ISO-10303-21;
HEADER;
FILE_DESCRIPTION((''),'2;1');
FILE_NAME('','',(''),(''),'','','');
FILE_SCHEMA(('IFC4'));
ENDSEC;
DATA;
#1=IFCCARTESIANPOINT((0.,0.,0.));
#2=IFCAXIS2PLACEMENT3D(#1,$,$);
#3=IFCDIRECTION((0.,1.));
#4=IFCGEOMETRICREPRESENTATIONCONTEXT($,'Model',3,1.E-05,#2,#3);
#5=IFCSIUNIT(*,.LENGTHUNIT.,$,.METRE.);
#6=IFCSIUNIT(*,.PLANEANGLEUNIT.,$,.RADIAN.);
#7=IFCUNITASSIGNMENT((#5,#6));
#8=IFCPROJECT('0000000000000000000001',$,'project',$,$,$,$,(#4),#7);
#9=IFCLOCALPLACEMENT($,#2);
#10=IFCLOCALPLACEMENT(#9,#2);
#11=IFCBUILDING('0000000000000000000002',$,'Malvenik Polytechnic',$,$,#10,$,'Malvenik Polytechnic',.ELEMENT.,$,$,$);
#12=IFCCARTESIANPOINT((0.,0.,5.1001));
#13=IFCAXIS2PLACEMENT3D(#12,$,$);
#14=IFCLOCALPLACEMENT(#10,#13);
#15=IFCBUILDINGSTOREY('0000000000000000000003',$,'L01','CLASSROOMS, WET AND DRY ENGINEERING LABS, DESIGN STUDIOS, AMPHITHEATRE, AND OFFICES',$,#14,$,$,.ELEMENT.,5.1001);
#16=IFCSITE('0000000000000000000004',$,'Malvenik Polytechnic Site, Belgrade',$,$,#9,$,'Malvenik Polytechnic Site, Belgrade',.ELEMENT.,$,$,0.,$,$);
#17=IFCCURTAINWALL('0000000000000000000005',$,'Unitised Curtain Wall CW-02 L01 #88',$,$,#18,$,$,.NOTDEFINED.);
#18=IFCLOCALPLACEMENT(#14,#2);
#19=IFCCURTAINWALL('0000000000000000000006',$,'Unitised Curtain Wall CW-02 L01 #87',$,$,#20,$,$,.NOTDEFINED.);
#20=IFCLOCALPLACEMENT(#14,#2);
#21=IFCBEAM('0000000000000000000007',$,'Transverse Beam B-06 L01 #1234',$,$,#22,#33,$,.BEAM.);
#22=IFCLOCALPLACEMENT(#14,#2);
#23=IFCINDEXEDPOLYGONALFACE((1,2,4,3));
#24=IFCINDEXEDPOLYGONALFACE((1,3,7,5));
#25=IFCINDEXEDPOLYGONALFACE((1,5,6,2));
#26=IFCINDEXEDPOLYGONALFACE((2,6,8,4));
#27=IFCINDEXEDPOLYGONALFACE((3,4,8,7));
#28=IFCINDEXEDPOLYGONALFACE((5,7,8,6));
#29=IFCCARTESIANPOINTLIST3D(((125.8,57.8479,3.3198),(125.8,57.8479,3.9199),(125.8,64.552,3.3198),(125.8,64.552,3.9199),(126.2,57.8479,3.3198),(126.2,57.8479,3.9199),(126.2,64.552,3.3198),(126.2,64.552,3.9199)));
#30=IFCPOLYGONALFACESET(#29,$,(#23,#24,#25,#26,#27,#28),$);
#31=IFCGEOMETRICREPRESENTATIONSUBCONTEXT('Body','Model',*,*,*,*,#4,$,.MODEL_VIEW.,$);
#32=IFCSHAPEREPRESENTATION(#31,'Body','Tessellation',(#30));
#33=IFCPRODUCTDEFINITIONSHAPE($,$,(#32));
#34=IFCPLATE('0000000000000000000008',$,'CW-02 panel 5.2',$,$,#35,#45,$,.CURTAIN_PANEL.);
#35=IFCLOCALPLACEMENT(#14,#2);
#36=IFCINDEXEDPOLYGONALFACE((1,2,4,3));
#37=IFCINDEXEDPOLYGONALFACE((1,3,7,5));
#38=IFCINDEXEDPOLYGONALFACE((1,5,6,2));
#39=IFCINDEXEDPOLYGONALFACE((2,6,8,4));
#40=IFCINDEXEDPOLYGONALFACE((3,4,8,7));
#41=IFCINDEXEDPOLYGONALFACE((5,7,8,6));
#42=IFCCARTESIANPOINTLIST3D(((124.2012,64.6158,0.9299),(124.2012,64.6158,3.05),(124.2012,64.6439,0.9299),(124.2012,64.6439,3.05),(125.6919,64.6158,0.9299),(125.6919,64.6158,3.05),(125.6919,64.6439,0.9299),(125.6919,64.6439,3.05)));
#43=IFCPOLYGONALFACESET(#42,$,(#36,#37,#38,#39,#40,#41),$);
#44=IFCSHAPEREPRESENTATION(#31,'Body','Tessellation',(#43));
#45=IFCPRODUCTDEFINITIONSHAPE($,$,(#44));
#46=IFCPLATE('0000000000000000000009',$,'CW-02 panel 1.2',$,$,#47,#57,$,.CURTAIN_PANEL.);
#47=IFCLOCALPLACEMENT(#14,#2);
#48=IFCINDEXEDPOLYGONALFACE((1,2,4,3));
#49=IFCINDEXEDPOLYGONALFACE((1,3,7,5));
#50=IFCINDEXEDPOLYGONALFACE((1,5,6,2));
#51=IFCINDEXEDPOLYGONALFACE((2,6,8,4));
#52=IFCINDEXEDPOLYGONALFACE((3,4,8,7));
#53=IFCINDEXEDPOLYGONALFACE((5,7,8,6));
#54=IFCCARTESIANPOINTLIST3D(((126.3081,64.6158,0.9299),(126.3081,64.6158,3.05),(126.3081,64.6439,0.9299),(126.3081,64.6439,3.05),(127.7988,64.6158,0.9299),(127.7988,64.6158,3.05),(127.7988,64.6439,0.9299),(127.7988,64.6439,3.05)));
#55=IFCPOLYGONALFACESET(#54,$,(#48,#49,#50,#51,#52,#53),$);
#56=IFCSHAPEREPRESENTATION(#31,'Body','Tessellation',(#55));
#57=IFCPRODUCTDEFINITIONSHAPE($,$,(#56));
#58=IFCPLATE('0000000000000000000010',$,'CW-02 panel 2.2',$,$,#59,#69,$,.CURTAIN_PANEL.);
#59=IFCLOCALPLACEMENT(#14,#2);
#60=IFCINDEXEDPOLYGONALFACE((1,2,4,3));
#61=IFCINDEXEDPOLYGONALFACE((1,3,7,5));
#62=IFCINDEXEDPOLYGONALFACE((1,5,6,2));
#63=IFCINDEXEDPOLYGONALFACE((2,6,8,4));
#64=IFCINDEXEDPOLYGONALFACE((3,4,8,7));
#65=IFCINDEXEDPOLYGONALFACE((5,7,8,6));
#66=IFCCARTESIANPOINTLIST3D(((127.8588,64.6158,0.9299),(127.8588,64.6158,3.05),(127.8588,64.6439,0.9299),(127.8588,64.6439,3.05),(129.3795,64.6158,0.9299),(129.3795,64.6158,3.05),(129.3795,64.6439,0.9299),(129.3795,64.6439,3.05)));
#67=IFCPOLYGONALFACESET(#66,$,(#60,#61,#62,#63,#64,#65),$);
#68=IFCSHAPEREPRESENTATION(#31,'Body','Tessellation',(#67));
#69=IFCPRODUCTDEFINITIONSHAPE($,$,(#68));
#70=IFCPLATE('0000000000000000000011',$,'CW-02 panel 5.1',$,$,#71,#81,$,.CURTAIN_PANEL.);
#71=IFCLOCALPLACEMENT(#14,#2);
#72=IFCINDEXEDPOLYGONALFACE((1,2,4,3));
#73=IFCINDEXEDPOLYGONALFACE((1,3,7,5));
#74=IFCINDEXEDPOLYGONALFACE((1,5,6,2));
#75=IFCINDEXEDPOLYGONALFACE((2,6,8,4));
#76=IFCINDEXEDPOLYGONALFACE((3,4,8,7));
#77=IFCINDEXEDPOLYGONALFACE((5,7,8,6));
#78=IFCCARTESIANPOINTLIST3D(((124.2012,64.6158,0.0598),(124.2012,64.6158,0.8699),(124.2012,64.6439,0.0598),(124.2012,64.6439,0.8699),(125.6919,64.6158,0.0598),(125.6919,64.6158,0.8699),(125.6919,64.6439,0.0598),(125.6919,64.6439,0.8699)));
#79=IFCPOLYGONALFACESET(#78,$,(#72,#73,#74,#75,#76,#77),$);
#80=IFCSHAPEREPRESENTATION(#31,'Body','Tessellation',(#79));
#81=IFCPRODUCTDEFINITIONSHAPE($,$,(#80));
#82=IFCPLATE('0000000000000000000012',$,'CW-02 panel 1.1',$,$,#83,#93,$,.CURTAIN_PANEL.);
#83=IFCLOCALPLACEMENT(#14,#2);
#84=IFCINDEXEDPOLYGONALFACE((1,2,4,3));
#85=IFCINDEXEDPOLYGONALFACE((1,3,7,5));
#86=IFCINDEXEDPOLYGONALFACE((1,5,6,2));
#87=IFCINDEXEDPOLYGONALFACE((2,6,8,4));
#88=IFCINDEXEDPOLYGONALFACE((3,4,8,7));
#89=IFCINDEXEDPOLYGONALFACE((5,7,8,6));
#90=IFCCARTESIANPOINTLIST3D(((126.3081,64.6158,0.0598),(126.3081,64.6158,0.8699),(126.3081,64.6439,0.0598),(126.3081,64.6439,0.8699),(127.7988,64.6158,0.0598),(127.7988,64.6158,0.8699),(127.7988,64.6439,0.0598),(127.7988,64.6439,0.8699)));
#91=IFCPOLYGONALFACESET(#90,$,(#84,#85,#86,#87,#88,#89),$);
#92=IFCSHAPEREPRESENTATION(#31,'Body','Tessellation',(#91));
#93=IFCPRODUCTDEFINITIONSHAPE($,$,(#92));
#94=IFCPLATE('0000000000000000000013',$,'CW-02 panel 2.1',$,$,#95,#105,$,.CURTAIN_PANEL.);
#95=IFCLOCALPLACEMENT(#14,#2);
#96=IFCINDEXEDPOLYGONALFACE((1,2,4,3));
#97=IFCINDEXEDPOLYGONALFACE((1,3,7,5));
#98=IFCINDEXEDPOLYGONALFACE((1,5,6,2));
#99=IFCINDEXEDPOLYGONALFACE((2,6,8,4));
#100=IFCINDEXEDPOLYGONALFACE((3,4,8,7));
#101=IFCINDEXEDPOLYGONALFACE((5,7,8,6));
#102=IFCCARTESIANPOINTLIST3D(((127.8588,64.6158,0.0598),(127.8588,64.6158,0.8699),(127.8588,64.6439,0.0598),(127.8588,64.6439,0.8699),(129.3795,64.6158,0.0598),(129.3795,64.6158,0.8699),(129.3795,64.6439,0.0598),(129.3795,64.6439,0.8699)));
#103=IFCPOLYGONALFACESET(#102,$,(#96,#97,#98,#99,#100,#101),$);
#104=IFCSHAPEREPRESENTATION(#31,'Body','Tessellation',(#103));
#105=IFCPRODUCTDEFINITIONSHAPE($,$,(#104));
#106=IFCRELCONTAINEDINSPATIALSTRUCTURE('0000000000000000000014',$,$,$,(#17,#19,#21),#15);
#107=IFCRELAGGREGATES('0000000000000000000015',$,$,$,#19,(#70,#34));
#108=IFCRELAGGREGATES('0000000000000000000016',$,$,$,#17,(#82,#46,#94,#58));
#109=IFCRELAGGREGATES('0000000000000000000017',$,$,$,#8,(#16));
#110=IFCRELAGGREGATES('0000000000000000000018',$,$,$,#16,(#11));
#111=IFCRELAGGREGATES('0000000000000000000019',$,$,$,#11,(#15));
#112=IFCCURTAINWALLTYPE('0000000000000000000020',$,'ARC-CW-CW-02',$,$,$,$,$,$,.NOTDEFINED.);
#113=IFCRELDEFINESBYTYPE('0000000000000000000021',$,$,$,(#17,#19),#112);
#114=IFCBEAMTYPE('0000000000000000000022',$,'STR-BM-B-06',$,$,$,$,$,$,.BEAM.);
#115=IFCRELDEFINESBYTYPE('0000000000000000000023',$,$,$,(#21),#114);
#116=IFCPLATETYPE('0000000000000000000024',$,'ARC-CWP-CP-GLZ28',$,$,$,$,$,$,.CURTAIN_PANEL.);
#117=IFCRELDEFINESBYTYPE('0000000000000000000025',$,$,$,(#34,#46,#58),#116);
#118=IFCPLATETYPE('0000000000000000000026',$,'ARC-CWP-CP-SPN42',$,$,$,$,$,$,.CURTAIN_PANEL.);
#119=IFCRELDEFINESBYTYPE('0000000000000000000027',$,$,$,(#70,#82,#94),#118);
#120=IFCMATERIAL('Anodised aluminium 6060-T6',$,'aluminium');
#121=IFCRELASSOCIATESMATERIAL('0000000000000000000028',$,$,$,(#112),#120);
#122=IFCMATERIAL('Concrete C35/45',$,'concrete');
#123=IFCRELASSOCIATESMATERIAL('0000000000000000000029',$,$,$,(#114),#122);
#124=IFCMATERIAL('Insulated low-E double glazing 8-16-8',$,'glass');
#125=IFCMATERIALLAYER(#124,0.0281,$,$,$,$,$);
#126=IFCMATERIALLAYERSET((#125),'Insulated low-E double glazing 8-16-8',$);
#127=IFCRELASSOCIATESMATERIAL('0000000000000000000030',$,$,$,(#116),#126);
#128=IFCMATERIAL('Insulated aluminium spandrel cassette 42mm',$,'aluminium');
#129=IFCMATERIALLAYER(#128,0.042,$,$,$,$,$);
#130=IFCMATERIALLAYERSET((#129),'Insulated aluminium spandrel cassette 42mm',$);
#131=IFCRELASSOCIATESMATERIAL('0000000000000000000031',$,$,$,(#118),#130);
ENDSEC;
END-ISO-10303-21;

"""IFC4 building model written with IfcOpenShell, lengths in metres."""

from ifc_helpers import new_model, si_unit, direction, frame, origin, origin_2d, place, context, subcontext, project, spatial, rectangle, extrude, material, layer, layer_set, material_profile, profile_set, type_object, element, aggregate, save


model = new_model("IFC4")

# Units and contexts
model_context = context("Model", 3, precision=1e-05, world=origin(), true_north=direction((0.0, 1.0)))
body_context = subcontext(model_context, "Body", "Model", "MODEL_VIEW")
ifc_project = project(units=[si_unit("LENGTHUNIT", "METRE"), si_unit("PLANEANGLEUNIT", "RADIAN")], contexts=[model_context])

# Site, building, storey
site_placement = place(None, origin())
site = spatial("IfcSite", under=ifc_project, at=site_placement, Name="Malvenik Polytechnic Site, Belgrade", LongName="Malvenik Polytechnic Site, Belgrade", CompositionType="ELEMENT", RefElevation=0.0)
building_placement = place(site_placement, origin())
building = spatial("IfcBuilding", under=site, at=building_placement, Name="Malvenik Polytechnic", LongName="Malvenik Polytechnic", CompositionType="ELEMENT")
storey_placement = place(building_placement, frame((0.0, 0.0, 5.1001)))
storey = spatial("IfcBuildingStorey", under=building, at=storey_placement, Name="L01", Description="CLASSROOMS, WET AND DRY ENGINEERING LABS, DESIGN STUDIOS, AMPHITHEATRE, AND OFFICES", CompositionType="ELEMENT", Elevation=5.1001)

# Shared definitions
ifc_material_1 = material(Name="Concrete C35/45", Category="concrete")

# Curtain walls
ifc_material_2 = material(Name="Anodised aluminium 6060-T6", Category="aluminium")
curtain_wall_type = type_object("IfcCurtainWallType", Name="ARC-CW-CW-02", PredefinedType="NOTDEFINED", material=ifc_material_2)
curtain_wall_1_placement = place(storey_placement, origin())
curtain_wall_1 = element("IfcCurtainWall", 1, at=curtain_wall_1_placement, inside=storey, type_object=curtain_wall_type, Name="Unitised Curtain Wall CW-02 L01 #88", PredefinedType="NOTDEFINED")
curtain_wall_2_placement = place(storey_placement, origin())
curtain_wall_2 = element("IfcCurtainWall", 2, at=curtain_wall_2_placement, inside=storey, type_object=curtain_wall_type, Name="Unitised Curtain Wall CW-02 L01 #87", PredefinedType="NOTDEFINED")

# Beam
ifc_material_profile_1 = material_profile(ifc_material_1, rectangle(XDim=0.3999, YDim=0.6001, at=origin_2d()), Name="RC BM 400x600")
ifc_profile_set_1 = profile_set([ifc_material_profile_1], Name="Concrete C35/45")
beam_type_1 = type_object("IfcBeamType", Name="STR-BM-B-06", PredefinedType="BEAM", material=ifc_profile_set_1)
beam_1_placement = place(storey_placement, frame((126.0, 57.8479, 3.6199), z_axis=(0.0, 1.0, 0.0), x_axis=(-1.0, 0.0, 0.0)))
element("IfcBeam", 3, at=beam_1_placement, inside=storey, type_object=beam_type_1, Name="Transverse Beam B-06 L01 #1234", PredefinedType="BEAM", context=body_context, shape_type="SweptSolid", body=[
    extrude(rectangle(XDim=0.3999, YDim=0.6001, at=origin_2d()), origin(), (0.0, 0.0, 1.0), 6.7041),
])

# Plates
ifc_material_3 = material(Name="Insulated low-E double glazing 8-16-8", Category="glass")
ifc_layer_1 = layer(ifc_material_3, 0.0281)
ifc_layer_set_1 = layer_set([ifc_layer_1], Name="Insulated low-E double glazing 8-16-8")
plate_type_1 = type_object("IfcPlateType", Name="ARC-CWP-CP-GLZ28", PredefinedType="CURTAIN_PANEL", material=ifc_layer_set_1)
plate_1_placement = place(storey_placement, frame((124.9465, 64.6299, 0.9299), z_axis=(0.0, 0.0, 1.0), x_axis=(1.0, 0.0, 0.0)))
plate_1 = element("IfcPlate", 4, at=plate_1_placement, type_object=plate_type_1, Name="CW-02 panel 5.2", PredefinedType="CURTAIN_PANEL", context=body_context, shape_type="SweptSolid", body=[
    extrude(rectangle(XDim=1.4907, YDim=0.0281, at=origin_2d()), origin(), (0.0, 0.0, 1.0), 2.1201),
])
plate_2_placement = place(storey_placement, frame((127.0535, 64.6299, 0.9299), z_axis=(0.0, 0.0, 1.0), x_axis=(1.0, 0.0, 0.0)))
plate_2 = element("IfcPlate", 5, at=plate_2_placement, type_object=plate_type_1, Name="CW-02 panel 1.2", PredefinedType="CURTAIN_PANEL", context=body_context, shape_type="SweptSolid", body=[
    extrude(rectangle(XDim=1.4907, YDim=0.0281, at=origin_2d()), origin(), (0.0, 0.0, 1.0), 2.1201),
])
plate_3_placement = place(storey_placement, frame((128.6191, 64.6299, 0.9299), z_axis=(0.0, 0.0, 1.0), x_axis=(1.0, 0.0, 0.0)))
plate_3 = element("IfcPlate", 6, at=plate_3_placement, type_object=plate_type_1, Name="CW-02 panel 2.2", PredefinedType="CURTAIN_PANEL", context=body_context, shape_type="SweptSolid", body=[
    extrude(rectangle(XDim=1.5208, YDim=0.0281, at=origin_2d()), origin(), (0.0, 0.0, 1.0), 2.1201),
])
ifc_material_4 = material(Name="Insulated aluminium spandrel cassette 42mm", Category="aluminium")
ifc_layer_2 = layer(ifc_material_4, 0.042)
ifc_layer_set_2 = layer_set([ifc_layer_2], Name="Insulated aluminium spandrel cassette 42mm")
plate_type_2 = type_object("IfcPlateType", Name="ARC-CWP-CP-SPN42", PredefinedType="CURTAIN_PANEL", material=ifc_layer_set_2)
plate_4_placement = place(storey_placement, frame((124.9465, 64.6299, 0.0598), z_axis=(0.0, 0.0, 1.0), x_axis=(1.0, 0.0, 0.0)))
plate_4 = element("IfcPlate", 7, at=plate_4_placement, type_object=plate_type_2, Name="CW-02 panel 5.1", PredefinedType="CURTAIN_PANEL", context=body_context, shape_type="SweptSolid", body=[
    extrude(rectangle(XDim=1.4907, YDim=0.0281, at=origin_2d()), origin(), (0.0, 0.0, 1.0), 0.8101),
])
aggregate(curtain_wall_2, [plate_4, plate_1])
plate_5_placement = place(storey_placement, frame((127.0535, 64.6299, 0.0598), z_axis=(0.0, 0.0, 1.0), x_axis=(1.0, 0.0, 0.0)))
plate_5 = element("IfcPlate", 8, at=plate_5_placement, type_object=plate_type_2, Name="CW-02 panel 1.1", PredefinedType="CURTAIN_PANEL", context=body_context, shape_type="SweptSolid", body=[
    extrude(rectangle(XDim=1.4907, YDim=0.0281, at=origin_2d()), origin(), (0.0, 0.0, 1.0), 0.8101),
])
plate_6_placement = place(storey_placement, frame((128.6191, 64.6299, 0.0598), z_axis=(0.0, 0.0, 1.0), x_axis=(1.0, 0.0, 0.0)))
plate_6 = element("IfcPlate", 9, at=plate_6_placement, type_object=plate_type_2, Name="CW-02 panel 2.1", PredefinedType="CURTAIN_PANEL", context=body_context, shape_type="SweptSolid", body=[
    extrude(rectangle(XDim=1.5208, YDim=0.0281, at=origin_2d()), origin(), (0.0, 0.0, 1.0), 0.8101),
])
aggregate(curtain_wall_1, [plate_5, plate_2, plate_6, plate_3])

save(model, "model.ifc")
